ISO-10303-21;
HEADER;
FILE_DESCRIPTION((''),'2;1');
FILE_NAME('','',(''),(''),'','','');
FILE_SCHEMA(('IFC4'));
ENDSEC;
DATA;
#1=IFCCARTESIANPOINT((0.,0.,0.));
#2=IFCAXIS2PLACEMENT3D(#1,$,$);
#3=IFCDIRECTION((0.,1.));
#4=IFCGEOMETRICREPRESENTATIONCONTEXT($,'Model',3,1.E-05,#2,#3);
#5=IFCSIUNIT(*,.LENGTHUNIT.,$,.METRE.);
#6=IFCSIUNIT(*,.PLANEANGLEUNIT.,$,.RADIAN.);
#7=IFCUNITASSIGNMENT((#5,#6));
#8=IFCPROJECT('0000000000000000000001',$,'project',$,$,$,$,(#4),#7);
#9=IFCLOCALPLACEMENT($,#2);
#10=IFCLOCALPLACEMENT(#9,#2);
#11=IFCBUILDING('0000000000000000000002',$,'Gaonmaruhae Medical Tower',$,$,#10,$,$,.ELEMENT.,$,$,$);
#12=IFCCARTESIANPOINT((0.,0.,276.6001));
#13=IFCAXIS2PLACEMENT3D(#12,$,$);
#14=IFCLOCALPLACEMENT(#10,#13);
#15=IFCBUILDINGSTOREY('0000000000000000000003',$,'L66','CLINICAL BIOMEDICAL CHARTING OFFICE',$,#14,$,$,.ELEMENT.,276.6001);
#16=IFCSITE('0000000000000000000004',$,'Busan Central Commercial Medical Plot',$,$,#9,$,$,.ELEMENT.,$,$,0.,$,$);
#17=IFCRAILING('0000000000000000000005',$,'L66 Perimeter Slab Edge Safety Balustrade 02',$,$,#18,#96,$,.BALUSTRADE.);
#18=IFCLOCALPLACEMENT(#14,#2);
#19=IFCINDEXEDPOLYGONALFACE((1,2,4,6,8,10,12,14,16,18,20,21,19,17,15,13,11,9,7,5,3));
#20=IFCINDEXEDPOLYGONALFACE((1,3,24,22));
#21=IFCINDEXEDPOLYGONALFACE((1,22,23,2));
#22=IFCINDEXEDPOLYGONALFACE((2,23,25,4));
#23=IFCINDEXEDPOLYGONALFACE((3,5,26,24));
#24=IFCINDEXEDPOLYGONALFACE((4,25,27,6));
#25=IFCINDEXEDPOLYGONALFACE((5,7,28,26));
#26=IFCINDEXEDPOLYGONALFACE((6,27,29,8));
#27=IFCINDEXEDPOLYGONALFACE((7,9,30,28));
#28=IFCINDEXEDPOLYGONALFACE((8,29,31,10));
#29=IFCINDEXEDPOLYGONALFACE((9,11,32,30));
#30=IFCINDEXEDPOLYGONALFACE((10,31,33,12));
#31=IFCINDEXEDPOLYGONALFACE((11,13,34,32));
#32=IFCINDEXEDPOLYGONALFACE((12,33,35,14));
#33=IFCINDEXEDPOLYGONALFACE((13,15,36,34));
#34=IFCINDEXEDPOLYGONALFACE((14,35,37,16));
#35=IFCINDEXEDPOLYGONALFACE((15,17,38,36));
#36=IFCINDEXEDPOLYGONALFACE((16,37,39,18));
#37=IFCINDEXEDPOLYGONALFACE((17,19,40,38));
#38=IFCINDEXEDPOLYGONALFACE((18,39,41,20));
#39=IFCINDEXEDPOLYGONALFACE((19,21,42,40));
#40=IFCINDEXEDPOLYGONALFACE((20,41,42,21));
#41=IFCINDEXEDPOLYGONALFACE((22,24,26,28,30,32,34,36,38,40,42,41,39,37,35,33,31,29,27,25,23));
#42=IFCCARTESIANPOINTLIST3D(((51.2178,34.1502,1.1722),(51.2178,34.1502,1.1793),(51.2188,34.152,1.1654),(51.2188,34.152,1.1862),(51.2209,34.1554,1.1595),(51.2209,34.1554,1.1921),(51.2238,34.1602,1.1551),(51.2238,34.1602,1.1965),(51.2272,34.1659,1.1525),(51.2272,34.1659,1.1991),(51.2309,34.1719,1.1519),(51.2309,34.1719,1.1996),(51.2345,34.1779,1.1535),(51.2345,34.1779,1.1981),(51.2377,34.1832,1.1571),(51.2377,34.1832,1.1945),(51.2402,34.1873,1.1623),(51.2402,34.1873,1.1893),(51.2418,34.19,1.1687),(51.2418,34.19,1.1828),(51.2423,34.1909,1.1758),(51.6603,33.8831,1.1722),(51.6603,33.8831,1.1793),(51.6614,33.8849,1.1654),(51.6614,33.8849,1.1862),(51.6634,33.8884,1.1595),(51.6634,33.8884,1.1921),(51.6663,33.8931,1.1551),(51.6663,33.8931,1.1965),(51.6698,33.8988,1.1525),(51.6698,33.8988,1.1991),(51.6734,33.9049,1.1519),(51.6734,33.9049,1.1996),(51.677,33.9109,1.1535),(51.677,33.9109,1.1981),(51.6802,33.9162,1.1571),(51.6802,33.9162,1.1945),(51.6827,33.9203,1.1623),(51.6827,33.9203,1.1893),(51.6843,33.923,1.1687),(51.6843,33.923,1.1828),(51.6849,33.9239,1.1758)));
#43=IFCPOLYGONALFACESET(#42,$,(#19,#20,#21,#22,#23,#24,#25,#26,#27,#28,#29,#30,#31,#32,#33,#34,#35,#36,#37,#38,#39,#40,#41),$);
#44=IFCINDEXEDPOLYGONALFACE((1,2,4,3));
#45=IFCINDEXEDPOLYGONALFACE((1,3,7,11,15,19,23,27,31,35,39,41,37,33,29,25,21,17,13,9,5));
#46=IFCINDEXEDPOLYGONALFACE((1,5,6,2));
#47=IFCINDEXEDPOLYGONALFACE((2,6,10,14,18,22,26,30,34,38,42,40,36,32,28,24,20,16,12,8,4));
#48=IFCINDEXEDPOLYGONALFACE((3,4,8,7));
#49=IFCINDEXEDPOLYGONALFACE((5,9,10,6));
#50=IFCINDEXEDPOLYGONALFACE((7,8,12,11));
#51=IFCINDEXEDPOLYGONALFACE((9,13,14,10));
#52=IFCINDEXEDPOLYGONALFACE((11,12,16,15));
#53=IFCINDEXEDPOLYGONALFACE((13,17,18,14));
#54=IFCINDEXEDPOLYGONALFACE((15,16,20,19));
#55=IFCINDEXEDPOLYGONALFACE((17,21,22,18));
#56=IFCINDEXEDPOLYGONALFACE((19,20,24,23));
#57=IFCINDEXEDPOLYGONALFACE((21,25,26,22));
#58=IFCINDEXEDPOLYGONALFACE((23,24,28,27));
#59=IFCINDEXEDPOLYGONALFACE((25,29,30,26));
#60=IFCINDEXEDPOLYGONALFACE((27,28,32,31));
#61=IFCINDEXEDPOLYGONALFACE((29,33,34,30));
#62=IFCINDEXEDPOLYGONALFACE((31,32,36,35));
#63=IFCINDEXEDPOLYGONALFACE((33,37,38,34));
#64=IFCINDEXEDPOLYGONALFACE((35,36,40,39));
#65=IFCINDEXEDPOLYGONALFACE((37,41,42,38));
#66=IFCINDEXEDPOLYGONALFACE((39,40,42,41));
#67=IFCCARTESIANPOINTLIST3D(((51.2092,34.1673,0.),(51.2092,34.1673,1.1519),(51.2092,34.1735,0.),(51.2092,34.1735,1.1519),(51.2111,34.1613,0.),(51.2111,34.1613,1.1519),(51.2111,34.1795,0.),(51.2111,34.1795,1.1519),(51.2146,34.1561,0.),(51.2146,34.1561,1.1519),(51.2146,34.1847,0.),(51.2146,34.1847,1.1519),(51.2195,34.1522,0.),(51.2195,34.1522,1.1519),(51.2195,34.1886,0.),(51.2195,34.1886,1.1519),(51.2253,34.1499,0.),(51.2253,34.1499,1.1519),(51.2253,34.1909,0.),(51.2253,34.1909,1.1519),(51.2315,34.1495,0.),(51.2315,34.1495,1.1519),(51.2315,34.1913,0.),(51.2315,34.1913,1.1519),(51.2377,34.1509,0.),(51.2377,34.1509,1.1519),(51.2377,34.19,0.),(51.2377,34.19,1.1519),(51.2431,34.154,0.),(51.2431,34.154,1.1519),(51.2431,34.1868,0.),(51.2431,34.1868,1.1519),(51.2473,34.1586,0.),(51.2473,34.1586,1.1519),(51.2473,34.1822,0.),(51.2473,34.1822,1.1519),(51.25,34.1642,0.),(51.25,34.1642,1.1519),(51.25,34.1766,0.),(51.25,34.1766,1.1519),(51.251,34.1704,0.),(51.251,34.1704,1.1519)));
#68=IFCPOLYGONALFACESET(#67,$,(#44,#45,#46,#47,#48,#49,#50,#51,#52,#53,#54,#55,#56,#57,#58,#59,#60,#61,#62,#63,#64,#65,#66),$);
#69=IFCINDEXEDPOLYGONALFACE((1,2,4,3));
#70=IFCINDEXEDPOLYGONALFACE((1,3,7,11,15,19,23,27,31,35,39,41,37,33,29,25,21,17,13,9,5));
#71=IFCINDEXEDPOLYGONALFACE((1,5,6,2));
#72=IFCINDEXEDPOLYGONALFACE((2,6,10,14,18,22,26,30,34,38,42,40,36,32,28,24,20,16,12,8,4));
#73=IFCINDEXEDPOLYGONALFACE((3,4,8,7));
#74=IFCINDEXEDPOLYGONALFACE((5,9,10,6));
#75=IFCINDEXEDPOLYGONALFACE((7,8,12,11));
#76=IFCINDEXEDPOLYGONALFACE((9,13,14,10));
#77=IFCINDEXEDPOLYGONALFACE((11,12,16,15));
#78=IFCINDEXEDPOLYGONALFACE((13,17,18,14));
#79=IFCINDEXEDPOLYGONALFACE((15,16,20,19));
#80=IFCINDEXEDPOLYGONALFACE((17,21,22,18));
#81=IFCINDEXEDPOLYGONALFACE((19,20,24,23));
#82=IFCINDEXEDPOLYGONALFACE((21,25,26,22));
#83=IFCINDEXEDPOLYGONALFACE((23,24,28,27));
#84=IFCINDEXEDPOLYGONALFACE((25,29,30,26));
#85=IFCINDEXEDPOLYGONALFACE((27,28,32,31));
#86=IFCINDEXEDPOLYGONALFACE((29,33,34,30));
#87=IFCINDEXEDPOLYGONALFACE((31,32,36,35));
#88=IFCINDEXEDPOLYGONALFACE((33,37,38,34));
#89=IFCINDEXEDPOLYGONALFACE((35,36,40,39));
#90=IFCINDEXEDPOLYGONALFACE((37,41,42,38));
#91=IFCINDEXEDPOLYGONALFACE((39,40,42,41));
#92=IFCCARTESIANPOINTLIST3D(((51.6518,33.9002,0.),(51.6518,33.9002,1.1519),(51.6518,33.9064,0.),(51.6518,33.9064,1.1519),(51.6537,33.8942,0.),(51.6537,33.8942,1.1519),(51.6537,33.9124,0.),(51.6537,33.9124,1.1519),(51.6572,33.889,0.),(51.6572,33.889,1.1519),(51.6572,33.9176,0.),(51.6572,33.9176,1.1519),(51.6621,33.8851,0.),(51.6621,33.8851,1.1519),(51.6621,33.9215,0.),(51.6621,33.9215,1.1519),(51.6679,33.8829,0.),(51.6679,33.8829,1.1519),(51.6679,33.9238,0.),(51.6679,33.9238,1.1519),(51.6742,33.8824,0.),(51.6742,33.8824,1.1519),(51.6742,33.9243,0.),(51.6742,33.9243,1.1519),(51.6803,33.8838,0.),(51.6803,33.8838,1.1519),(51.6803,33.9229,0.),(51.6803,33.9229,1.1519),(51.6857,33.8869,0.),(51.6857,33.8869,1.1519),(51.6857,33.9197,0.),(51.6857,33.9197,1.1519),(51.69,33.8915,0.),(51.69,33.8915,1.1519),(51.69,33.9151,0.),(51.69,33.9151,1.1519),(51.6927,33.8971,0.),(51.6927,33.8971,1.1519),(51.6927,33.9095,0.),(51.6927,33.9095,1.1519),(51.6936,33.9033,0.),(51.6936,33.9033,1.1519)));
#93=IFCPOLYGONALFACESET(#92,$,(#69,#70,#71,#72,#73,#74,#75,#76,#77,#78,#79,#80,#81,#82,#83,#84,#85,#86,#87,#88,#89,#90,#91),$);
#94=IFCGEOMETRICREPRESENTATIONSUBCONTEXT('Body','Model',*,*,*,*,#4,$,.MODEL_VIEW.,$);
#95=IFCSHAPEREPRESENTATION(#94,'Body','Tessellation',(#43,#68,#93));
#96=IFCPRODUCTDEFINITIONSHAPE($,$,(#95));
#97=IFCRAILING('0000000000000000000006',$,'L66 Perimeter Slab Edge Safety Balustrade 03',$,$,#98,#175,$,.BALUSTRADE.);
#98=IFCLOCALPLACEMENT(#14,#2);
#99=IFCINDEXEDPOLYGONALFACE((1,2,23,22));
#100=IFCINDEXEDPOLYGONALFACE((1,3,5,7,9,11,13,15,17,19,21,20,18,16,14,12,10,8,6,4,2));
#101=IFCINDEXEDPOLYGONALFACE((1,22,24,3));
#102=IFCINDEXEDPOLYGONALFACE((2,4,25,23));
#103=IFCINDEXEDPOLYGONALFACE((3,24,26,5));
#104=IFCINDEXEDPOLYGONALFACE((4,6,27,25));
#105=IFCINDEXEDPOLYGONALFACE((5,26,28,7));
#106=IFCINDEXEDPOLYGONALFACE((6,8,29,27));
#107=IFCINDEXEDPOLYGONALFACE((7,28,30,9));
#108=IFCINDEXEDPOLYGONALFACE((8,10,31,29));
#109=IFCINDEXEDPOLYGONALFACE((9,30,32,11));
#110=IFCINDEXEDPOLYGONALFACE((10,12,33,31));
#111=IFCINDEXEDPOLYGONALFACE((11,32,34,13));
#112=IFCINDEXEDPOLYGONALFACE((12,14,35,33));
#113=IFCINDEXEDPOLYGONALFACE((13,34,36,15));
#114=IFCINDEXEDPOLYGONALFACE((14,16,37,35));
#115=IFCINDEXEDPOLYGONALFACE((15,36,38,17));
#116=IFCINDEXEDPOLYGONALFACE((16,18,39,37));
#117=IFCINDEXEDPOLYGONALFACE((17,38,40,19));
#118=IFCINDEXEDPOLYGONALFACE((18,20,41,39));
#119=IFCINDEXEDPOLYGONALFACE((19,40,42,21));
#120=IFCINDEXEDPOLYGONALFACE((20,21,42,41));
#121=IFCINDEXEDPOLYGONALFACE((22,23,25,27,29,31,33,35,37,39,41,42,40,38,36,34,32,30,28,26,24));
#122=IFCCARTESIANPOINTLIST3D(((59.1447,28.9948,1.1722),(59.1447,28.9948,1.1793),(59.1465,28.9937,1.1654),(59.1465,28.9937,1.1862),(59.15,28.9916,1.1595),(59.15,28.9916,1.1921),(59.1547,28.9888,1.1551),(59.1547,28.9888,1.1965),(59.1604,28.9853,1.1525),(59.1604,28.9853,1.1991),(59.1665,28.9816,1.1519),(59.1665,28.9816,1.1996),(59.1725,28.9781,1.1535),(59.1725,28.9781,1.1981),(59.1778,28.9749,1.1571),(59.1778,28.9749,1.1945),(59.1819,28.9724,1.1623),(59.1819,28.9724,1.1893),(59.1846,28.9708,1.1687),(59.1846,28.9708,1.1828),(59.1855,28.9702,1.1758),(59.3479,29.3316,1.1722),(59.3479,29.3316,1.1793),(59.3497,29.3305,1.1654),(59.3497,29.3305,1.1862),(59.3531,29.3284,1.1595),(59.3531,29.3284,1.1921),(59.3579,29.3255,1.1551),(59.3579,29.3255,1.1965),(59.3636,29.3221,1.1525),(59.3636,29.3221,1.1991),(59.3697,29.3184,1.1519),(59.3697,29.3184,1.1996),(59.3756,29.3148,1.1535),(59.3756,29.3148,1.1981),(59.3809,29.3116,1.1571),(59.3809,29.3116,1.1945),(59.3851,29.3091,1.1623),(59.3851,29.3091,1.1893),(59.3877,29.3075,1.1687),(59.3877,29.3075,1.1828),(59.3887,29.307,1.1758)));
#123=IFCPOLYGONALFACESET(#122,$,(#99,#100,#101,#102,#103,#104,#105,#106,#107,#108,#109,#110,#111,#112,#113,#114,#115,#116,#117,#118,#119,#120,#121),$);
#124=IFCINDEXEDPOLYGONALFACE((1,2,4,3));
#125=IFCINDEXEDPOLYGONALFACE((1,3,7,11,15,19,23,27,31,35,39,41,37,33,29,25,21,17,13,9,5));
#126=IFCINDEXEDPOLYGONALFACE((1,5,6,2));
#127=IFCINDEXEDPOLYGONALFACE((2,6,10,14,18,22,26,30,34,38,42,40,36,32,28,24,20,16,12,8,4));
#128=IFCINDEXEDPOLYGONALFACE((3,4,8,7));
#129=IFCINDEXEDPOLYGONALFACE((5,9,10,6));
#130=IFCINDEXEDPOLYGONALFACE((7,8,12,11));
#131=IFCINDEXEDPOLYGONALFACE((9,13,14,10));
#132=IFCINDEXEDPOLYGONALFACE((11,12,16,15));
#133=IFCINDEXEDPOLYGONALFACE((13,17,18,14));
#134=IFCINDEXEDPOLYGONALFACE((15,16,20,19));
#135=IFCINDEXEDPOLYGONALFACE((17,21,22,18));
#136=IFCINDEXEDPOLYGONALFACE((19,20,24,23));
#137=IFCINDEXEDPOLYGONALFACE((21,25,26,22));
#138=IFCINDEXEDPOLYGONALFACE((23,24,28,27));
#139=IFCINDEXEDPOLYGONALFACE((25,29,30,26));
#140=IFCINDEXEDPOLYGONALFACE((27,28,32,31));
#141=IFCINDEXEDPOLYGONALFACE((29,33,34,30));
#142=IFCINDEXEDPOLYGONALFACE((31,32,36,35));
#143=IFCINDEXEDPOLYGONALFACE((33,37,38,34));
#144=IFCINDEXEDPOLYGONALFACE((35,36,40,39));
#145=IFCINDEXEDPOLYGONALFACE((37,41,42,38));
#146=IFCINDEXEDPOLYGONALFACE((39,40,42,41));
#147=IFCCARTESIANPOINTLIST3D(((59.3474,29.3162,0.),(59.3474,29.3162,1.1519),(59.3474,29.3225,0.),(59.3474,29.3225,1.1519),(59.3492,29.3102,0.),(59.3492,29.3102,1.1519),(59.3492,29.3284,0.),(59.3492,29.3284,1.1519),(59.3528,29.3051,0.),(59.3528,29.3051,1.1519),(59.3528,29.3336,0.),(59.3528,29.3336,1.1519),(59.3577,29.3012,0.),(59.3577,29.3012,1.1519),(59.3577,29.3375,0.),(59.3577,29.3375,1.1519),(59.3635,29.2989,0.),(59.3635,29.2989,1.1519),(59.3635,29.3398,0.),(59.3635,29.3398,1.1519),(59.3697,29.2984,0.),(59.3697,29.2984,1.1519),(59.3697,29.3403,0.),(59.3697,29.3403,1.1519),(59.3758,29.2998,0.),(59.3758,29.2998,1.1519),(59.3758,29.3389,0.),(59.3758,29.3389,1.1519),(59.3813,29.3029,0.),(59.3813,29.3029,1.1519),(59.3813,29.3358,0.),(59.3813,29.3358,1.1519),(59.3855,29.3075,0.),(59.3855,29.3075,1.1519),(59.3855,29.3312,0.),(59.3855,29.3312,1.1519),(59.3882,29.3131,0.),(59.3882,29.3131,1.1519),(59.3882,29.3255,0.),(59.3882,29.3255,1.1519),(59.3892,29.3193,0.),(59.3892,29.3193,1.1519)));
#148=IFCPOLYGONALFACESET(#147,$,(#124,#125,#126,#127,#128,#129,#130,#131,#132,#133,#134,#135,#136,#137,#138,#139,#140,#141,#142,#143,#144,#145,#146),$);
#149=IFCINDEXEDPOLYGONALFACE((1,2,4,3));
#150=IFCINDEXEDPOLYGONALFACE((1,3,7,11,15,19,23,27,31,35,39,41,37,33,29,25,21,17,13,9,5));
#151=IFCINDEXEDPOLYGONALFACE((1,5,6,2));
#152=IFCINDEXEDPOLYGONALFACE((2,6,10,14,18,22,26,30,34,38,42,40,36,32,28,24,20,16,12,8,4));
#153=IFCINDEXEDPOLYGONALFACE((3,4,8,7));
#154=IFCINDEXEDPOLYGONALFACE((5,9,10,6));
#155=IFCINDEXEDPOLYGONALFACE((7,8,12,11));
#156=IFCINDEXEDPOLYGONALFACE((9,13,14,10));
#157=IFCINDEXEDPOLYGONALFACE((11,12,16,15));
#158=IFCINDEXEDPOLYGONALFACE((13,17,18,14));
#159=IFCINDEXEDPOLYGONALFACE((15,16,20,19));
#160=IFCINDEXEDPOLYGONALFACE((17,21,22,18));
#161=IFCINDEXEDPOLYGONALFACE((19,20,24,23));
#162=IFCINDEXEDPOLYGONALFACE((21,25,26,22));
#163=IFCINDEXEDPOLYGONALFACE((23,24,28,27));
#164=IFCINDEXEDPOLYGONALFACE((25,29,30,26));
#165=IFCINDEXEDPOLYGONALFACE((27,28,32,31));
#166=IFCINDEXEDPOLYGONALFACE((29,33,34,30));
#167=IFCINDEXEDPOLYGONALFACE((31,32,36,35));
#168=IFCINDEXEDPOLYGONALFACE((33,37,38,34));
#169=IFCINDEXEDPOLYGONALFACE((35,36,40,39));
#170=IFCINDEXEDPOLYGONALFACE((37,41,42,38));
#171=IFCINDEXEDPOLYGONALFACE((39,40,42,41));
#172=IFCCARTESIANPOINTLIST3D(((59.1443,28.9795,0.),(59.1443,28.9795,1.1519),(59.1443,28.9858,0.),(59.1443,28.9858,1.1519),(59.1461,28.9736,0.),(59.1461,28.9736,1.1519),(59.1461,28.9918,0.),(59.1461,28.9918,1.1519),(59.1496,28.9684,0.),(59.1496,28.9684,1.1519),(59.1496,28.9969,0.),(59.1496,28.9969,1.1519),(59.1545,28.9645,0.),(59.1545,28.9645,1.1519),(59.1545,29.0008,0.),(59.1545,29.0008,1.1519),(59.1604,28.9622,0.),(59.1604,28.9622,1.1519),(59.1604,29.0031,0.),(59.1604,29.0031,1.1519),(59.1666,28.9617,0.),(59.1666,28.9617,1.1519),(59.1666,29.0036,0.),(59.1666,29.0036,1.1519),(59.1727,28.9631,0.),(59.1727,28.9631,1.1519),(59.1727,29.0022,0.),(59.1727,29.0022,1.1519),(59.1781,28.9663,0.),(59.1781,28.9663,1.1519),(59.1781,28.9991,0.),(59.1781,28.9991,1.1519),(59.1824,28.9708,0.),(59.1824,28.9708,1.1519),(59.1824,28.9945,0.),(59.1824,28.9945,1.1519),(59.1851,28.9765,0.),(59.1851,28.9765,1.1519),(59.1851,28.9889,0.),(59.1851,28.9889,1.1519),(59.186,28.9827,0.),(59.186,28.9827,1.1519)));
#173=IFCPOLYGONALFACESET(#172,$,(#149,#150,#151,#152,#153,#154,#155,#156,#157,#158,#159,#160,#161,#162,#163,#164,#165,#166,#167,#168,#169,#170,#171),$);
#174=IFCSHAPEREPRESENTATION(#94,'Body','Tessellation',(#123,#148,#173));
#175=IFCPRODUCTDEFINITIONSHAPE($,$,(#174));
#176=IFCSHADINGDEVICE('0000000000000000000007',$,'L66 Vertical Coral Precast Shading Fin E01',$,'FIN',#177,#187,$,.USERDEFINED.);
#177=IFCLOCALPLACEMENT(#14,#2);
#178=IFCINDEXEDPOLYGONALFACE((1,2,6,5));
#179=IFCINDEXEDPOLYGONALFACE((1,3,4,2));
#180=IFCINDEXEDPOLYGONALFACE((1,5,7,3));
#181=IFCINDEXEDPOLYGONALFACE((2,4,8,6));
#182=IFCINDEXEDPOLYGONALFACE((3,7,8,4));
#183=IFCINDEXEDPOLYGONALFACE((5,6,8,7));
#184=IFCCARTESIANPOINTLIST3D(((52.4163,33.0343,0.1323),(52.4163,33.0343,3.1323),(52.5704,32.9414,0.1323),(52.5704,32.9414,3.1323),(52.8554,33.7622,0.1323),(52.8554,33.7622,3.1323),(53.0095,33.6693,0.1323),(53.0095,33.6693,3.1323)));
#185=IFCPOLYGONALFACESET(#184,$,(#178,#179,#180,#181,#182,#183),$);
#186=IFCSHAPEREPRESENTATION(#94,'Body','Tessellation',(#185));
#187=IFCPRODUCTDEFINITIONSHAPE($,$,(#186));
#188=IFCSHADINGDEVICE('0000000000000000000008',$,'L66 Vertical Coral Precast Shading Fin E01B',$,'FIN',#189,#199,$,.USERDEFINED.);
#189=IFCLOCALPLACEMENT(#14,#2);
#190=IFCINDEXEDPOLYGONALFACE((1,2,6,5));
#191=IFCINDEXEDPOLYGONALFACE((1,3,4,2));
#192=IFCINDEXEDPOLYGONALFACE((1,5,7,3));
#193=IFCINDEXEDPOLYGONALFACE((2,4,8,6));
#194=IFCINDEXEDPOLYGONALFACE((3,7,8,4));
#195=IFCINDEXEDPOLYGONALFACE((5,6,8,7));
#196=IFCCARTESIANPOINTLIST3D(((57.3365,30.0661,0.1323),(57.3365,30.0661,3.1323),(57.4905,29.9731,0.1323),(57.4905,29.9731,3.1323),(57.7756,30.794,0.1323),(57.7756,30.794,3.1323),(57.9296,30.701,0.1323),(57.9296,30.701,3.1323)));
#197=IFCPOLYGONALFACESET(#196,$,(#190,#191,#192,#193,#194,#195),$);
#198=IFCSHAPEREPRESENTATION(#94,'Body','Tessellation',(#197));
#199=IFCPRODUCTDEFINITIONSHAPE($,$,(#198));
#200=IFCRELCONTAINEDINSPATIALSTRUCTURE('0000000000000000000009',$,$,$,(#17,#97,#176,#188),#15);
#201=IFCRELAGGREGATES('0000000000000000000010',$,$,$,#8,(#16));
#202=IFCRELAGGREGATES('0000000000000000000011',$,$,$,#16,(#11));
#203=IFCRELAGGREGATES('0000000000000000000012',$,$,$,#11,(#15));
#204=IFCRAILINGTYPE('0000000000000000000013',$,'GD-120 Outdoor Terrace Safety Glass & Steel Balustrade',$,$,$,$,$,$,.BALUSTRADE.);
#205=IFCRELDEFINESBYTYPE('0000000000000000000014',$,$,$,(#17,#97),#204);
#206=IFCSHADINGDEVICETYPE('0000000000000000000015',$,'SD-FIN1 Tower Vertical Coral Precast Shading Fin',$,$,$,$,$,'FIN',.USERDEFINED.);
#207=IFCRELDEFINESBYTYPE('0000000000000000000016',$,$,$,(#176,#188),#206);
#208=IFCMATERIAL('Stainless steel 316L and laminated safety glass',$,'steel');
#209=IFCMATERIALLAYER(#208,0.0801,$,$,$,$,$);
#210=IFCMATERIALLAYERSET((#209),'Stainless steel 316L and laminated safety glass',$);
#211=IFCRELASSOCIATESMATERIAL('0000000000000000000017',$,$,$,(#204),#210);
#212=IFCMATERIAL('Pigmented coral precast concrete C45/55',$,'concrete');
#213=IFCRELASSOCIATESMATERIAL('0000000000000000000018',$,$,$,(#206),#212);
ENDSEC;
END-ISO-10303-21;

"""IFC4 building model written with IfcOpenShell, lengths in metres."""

from ifc_helpers import new_model, si_unit, direction, frame, origin, origin_2d, place, context, subcontext, project, spatial, rectangle, circle, extrude, material, layer, layer_set, type_object, element, save


model = new_model("IFC4")

# Units and contexts
model_context = context("Model", 3, precision=1e-05, world=origin(), true_north=direction((0.0, 1.0)))
body_context = subcontext(model_context, "Body", "Model", "MODEL_VIEW")
ifc_project = project(units=[si_unit("LENGTHUNIT", "METRE"), si_unit("PLANEANGLEUNIT", "RADIAN")], contexts=[model_context])

# Site, building, storey
site_placement = place(None, origin())
site = spatial("IfcSite", under=ifc_project, at=site_placement, Name="Busan Central Commercial Medical Plot", CompositionType="ELEMENT", RefElevation=0.0)
building_placement = place(site_placement, origin())
building = spatial("IfcBuilding", under=site, at=building_placement, Name="Gaonmaruhae Medical Tower", CompositionType="ELEMENT")
storey_placement = place(building_placement, frame((0.0, 0.0, 276.6001)))
storey = spatial("IfcBuildingStorey", under=building, at=storey_placement, Name="L66", Description="CLINICAL BIOMEDICAL CHARTING OFFICE", CompositionType="ELEMENT", Elevation=276.6001)

# Railings
ifc_material_1 = material(Name="Stainless steel 316L and laminated safety glass", Category="steel")
ifc_layer_1 = layer(ifc_material_1, 0.0801)
ifc_layer_set_1 = layer_set([ifc_layer_1], Name="Stainless steel 316L and laminated safety glass")
railing_type = type_object("IfcRailingType", Name="GD-120 Outdoor Terrace Safety Glass & Steel Balustrade", PredefinedType="BALUSTRADE", material=ifc_layer_set_1)
railing_1_placement = place(storey_placement, frame((51.23, 34.1704, 0.0)))
element("IfcRailing", 1, at=railing_1_placement, inside=storey, type_object=railing_type, Name="L66 Perimeter Slab Edge Safety Balustrade 02", PredefinedType="BALUSTRADE", context=body_context, shape_type="SweptSolid", body=[
    extrude(circle(Radius=0.0239, at=origin_2d()), frame((0.0, 0.0, 1.1758), z_axis=(0.856198, -0.516647, 0.0), x_axis=(0.516647, 0.856198, 0.0)), (0.0, 0.0, 1.0), 0.5168),
    extrude(circle(Radius=0.021, at=origin_2d()), origin(), (0.0, 0.0, 1.0), 1.1519),
    extrude(circle(Radius=0.021, at=origin_2d()), frame((0.4426, -0.2671, 0.0)), (0.0, 0.0, 1.0), 1.1519),
])
railing_2_placement = place(storey_placement, frame((59.3682, 29.3193, 0.0)))
element("IfcRailing", 2, at=railing_2_placement, inside=storey, type_object=railing_type, Name="L66 Perimeter Slab Edge Safety Balustrade 03", PredefinedType="BALUSTRADE", context=body_context, shape_type="SweptSolid", body=[
    extrude(circle(Radius=0.0239, at=origin_2d()), frame((0.0, 0.0, 1.1758), z_axis=(-0.516594, -0.85623, 0.0), x_axis=(0.85623, -0.516594, 0.0)), (0.0, 0.0, 1.0), 0.3933),
    extrude(circle(Radius=0.021, at=origin_2d()), origin(), (0.0, 0.0, 1.0), 1.1519),
    extrude(circle(Radius=0.021, at=origin_2d()), frame((-0.2031, -0.3367, 0.0)), (0.0, 0.0, 1.0), 1.1519),
])

# Shading devices
ifc_material_2 = material(Name="Pigmented coral precast concrete C45/55", Category="concrete")
shading_device_type = type_object("IfcShadingDeviceType", Name="SD-FIN1 Tower Vertical Coral Precast Shading Fin", ElementType="FIN", PredefinedType="USERDEFINED", material=ifc_material_2)
for number, where, z_axis, x_axis, name in (
    (3, (52.7129, 33.3518, 0.1323), (0.0, 0.0, 1.0), (0.856267, -0.516533, 0.0), "L66 Vertical Coral Precast Shading Fin E01"),
    (4, (57.6331, 30.3835, 0.1323), (0.0, 0.0, 1.0), (0.856267, -0.516533, 0.0), "L66 Vertical Coral Precast Shading Fin E01B"),
):
    element("IfcShadingDevice", number, at=place(storey_placement, frame(where, z_axis=z_axis, x_axis=x_axis)), inside=storey, type_object=shading_device_type, Name=name, ObjectType="FIN", PredefinedType="USERDEFINED", context=body_context, shape_type="SweptSolid", body=[
        extrude(rectangle(XDim=0.1799, YDim=0.8501, at=origin_2d()), origin(), (0.0, 0.0, 1.0), 3.0),
    ])

save(model, "model.ifc")
